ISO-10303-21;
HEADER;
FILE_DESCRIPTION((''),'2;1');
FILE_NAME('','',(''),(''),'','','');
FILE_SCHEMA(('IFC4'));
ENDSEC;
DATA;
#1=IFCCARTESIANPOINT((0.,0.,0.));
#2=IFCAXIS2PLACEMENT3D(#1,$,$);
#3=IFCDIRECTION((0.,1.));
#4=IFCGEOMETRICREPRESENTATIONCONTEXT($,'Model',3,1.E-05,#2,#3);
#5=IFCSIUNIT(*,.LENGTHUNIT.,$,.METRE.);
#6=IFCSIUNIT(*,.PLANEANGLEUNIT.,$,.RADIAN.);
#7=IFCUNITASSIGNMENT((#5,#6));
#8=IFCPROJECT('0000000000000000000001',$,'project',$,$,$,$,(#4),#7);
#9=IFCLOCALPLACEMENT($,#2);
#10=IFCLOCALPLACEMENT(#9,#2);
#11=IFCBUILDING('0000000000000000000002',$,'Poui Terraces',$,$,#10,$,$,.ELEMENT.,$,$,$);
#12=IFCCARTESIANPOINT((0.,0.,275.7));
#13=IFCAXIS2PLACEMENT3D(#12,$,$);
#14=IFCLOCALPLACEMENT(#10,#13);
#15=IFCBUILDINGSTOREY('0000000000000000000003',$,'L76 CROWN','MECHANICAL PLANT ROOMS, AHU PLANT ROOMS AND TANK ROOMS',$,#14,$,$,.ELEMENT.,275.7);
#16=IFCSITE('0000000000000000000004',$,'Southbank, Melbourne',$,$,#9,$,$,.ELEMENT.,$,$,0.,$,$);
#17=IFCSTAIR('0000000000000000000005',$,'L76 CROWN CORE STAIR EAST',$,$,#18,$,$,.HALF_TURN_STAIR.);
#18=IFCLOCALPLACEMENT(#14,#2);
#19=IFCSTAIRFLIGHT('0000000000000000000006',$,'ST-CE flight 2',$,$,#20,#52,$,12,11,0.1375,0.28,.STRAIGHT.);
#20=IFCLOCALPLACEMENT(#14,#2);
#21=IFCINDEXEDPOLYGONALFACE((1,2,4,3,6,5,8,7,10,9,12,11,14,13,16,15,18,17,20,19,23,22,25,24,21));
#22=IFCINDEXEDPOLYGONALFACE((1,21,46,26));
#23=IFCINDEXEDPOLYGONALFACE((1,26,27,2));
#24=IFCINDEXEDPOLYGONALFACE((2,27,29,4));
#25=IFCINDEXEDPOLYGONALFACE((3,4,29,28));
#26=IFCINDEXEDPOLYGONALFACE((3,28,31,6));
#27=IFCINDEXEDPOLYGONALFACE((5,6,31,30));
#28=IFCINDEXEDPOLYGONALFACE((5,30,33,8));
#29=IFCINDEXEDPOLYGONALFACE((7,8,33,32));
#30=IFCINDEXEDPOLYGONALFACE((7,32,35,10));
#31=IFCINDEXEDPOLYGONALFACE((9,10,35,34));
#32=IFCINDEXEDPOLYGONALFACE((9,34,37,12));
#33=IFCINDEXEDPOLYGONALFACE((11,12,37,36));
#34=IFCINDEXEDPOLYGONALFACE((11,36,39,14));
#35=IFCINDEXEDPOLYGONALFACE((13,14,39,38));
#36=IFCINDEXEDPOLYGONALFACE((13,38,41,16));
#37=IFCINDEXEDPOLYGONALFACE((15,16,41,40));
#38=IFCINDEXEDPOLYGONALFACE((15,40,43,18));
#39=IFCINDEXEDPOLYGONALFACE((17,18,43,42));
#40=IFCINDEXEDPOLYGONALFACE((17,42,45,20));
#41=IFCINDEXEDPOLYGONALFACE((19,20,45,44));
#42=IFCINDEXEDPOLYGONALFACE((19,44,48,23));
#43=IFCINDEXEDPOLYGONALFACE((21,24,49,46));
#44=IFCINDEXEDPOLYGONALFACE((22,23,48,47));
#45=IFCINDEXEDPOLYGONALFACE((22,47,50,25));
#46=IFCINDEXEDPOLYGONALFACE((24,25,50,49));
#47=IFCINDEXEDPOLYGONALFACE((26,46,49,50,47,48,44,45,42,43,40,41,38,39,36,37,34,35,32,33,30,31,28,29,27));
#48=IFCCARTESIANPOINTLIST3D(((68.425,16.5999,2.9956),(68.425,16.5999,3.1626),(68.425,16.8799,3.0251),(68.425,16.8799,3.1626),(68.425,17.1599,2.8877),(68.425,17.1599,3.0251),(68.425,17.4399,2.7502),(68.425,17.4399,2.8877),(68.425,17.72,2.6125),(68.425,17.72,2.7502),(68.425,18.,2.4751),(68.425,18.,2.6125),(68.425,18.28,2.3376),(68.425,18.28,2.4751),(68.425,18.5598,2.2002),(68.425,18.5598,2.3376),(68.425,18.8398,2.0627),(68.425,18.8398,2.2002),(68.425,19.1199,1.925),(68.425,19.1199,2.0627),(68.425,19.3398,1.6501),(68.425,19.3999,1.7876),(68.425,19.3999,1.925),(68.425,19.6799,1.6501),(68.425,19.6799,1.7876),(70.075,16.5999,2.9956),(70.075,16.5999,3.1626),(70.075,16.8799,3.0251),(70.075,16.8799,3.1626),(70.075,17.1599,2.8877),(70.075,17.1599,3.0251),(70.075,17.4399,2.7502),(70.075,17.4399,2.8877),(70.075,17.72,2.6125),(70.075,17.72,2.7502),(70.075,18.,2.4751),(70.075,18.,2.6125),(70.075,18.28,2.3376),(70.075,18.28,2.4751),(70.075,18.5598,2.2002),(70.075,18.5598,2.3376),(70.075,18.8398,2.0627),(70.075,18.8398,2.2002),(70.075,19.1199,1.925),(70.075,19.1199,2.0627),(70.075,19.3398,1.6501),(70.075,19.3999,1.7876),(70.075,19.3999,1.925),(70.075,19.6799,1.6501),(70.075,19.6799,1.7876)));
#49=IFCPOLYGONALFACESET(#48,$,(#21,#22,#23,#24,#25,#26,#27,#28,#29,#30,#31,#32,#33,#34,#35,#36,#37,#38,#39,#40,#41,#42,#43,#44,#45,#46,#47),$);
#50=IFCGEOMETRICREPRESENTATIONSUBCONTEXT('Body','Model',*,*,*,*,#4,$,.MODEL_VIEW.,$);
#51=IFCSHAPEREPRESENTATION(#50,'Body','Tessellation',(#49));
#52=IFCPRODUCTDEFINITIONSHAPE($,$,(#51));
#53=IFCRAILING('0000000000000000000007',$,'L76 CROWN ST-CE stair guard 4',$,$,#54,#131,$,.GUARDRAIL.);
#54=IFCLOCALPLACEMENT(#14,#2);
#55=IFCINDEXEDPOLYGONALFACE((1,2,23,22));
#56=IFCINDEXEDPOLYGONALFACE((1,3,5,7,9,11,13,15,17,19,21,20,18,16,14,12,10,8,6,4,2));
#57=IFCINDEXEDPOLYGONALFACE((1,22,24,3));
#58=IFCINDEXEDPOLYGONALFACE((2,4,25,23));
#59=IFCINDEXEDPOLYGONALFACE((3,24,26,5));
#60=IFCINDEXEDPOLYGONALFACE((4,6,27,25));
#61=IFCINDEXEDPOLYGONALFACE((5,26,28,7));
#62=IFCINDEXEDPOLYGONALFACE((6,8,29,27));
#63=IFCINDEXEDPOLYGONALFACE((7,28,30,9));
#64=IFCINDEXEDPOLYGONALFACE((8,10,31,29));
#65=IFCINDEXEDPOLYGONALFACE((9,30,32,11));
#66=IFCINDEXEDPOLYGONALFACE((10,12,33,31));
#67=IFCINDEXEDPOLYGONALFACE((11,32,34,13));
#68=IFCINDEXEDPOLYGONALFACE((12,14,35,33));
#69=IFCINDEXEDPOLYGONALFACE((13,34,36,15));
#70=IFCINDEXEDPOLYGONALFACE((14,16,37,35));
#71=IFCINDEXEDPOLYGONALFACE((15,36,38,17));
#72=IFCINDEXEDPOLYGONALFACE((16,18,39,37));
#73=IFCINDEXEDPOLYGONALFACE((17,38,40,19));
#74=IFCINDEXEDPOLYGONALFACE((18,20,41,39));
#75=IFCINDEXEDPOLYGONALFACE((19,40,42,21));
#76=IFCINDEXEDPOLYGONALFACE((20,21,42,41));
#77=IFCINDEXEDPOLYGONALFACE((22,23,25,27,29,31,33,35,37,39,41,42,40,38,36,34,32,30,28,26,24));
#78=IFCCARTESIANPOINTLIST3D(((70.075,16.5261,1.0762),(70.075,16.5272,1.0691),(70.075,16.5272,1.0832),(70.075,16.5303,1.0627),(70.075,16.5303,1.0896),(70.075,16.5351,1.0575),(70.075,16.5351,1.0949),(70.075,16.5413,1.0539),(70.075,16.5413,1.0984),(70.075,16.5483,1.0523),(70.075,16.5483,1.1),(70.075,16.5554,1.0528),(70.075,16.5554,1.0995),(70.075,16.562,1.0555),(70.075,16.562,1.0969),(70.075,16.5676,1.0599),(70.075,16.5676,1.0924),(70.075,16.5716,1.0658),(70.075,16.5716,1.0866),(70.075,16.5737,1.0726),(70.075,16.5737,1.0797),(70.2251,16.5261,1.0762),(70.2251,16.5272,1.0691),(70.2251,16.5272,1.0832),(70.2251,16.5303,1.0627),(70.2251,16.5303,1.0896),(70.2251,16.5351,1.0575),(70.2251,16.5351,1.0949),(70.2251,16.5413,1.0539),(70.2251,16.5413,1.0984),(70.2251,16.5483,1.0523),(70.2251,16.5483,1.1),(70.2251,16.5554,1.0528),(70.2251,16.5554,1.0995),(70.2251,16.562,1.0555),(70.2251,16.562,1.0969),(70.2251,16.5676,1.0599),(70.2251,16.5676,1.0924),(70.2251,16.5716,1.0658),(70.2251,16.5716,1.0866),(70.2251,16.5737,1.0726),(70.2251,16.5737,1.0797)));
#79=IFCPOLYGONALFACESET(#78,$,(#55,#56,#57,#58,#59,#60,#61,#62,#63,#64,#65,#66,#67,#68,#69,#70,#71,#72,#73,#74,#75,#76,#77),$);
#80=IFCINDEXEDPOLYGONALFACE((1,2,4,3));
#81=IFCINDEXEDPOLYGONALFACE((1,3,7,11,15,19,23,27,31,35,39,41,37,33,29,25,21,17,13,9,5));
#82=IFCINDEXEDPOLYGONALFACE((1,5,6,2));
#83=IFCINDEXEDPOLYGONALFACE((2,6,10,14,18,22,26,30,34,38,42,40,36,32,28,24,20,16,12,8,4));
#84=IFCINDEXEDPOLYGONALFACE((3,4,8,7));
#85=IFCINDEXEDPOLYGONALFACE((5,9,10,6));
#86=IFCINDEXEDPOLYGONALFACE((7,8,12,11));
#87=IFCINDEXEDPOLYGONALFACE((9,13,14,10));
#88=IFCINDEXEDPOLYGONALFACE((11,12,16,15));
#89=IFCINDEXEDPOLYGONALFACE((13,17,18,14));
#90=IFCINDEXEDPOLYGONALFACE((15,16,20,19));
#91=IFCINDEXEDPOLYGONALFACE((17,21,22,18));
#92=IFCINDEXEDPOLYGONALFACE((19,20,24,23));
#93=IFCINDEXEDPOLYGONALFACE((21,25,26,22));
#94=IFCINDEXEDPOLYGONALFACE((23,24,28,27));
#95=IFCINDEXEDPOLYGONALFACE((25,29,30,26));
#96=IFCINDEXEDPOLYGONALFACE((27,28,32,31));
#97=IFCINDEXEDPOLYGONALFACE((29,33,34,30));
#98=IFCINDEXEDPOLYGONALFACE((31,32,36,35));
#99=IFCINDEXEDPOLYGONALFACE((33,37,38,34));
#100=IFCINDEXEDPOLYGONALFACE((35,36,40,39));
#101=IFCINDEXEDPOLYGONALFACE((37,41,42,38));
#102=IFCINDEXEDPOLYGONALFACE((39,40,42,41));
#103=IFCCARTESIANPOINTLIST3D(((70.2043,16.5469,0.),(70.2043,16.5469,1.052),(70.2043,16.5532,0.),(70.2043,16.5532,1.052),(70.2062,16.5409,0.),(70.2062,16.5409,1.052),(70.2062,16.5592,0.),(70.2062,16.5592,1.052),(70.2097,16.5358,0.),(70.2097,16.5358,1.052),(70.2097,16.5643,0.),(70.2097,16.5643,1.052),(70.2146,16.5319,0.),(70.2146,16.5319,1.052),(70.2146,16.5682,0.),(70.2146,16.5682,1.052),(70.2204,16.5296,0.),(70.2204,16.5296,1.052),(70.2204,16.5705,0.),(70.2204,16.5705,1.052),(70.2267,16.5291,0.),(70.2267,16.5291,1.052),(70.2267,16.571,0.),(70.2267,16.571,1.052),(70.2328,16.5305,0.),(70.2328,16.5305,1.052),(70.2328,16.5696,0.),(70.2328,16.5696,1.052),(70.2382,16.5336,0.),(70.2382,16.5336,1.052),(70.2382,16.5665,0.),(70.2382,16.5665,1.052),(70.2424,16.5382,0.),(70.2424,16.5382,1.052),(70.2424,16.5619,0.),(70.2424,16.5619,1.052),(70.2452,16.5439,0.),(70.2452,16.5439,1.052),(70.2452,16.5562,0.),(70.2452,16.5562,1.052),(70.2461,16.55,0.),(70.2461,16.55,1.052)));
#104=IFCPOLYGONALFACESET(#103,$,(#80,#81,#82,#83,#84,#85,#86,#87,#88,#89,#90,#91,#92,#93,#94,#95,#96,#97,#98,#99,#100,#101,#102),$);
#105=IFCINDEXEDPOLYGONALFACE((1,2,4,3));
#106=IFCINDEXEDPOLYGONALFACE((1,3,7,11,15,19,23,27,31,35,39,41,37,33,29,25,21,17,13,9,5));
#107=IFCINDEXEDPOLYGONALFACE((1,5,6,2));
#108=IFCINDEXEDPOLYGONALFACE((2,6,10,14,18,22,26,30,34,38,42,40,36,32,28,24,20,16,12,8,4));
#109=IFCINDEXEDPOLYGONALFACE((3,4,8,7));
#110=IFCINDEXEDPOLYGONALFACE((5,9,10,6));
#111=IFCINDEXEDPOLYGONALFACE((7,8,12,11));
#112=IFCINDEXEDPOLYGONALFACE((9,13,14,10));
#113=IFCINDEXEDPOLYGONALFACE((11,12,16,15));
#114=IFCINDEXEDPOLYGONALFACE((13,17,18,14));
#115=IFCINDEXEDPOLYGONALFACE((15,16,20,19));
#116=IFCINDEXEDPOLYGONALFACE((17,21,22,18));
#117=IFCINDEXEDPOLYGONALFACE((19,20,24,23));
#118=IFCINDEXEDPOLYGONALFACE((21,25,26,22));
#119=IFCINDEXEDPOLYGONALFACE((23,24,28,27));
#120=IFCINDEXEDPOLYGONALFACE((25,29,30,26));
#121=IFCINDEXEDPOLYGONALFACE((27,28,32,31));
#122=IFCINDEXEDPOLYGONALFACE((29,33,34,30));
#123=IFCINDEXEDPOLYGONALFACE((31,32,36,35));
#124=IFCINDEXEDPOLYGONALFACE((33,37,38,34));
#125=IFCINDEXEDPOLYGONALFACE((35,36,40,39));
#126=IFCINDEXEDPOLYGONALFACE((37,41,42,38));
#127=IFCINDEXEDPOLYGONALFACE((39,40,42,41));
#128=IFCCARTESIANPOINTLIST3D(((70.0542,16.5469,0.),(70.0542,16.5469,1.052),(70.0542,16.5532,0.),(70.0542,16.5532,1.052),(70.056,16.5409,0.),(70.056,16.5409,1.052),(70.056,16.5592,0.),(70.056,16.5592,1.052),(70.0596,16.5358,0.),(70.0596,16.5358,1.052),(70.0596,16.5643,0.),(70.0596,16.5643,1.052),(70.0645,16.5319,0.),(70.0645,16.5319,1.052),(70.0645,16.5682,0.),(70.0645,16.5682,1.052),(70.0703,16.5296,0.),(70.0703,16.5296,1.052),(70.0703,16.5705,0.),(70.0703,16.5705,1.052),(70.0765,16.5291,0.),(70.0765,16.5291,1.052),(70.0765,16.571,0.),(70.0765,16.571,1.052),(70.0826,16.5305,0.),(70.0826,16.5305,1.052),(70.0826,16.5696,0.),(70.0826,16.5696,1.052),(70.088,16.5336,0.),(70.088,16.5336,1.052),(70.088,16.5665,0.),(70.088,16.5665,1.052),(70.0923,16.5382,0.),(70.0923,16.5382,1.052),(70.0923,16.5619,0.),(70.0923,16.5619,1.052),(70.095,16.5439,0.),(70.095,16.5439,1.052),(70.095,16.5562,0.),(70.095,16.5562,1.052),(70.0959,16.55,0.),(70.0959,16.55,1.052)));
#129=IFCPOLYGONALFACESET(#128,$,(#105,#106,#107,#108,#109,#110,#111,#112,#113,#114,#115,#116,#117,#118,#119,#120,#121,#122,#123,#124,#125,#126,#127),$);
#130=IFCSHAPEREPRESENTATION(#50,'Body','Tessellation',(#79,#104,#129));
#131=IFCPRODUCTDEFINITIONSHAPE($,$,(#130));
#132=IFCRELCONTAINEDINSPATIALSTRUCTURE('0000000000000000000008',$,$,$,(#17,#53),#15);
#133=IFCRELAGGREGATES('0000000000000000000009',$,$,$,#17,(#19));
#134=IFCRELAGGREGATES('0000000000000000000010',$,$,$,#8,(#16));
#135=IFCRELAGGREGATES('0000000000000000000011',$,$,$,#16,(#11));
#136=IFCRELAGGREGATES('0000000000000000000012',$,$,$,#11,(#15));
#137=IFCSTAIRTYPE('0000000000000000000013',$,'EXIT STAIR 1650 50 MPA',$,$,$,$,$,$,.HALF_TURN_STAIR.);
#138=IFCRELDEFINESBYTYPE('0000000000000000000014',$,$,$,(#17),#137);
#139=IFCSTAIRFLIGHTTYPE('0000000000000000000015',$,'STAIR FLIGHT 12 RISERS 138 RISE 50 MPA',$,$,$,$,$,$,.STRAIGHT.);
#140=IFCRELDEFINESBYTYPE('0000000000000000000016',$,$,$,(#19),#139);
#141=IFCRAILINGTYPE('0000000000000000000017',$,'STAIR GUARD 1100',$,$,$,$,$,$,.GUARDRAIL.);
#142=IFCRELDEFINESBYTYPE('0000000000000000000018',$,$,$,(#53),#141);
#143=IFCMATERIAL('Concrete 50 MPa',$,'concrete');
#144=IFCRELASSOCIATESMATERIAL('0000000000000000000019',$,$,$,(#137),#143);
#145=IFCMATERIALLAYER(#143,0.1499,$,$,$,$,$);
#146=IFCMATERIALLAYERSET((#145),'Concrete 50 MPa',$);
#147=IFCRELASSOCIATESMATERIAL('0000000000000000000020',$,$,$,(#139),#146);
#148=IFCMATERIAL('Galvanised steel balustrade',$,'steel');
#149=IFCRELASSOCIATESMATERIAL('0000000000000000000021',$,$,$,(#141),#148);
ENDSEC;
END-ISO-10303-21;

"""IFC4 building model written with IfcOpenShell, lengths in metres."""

from ifc_helpers import new_model, si_unit, direction, frame, origin, origin_2d, place, context, subcontext, project, spatial, polyline, circle, outline, extrude, material, layer, layer_set, type_object, element, aggregate, save


model = new_model("IFC4")

# Units and contexts
model_context = context("Model", 3, precision=1e-05, world=origin(), true_north=direction((0.0, 1.0)))
body_context = subcontext(model_context, "Body", "Model", "MODEL_VIEW")
ifc_project = project(units=[si_unit("LENGTHUNIT", "METRE"), si_unit("PLANEANGLEUNIT", "RADIAN")], contexts=[model_context])

# Site, building, storey
site_placement = place(None, origin())
site = spatial("IfcSite", under=ifc_project, at=site_placement, Name="Southbank, Melbourne", CompositionType="ELEMENT", RefElevation=0.0)
building_placement = place(site_placement, origin())
building = spatial("IfcBuilding", under=site, at=building_placement, Name="Poui Terraces", CompositionType="ELEMENT")
storey_placement = place(building_placement, frame((0.0, 0.0, 275.7)))
storey = spatial("IfcBuildingStorey", under=building, at=storey_placement, Name="L76 CROWN", Description="MECHANICAL PLANT ROOMS, AHU PLANT ROOMS AND TANK ROOMS", CompositionType="ELEMENT", Elevation=275.7)

# Shared definitions
ifc_material_1 = material(Name="Concrete 50 MPa", Category="concrete")

# Stair, stair flight
stair_type = type_object("IfcStairType", Name="EXIT STAIR 1650 50 MPA", PredefinedType="HALF_TURN_STAIR", material=ifc_material_1)
stair_placement = place(storey_placement, origin())
stair = element("IfcStair", 1, at=stair_placement, inside=storey, type_object=stair_type, Name="L76 CROWN CORE STAIR EAST", PredefinedType="HALF_TURN_STAIR")
ifc_layer_1 = layer(ifc_material_1, 0.1499)
ifc_layer_set_1 = layer_set([ifc_layer_1], Name="Concrete 50 MPa")
stair_flight_type = type_object("IfcStairFlightType", Name="STAIR FLIGHT 12 RISERS 138 RISE 50 MPA", PredefinedType="STRAIGHT", material=ifc_layer_set_1)
stair_flight_placement = place(storey_placement, frame((69.25, 19.6799, 1.6501), z_axis=(0.0, 0.0, 1.0), x_axis=(0.0, -1.0, 0.0)))
stair_flight = element("IfcStairFlight", 2, at=stair_flight_placement, type_object=stair_flight_type, Name="ST-CE flight 2", NumberOfRisers=12, NumberOfTreads=11, PredefinedType="STRAIGHT", RiserHeight=0.1375, TreadLength=0.28, context=body_context, shape_type="SweptSolid", body=[
    extrude(outline(polyline([(0.0, 0.0), (0.0, 0.1375), (0.28, 0.1375), (0.28, 0.2749), (0.5601, 0.2749), (0.5601, 0.4126), (0.8401, 0.4126), (0.8401, 0.55), (1.1201, 0.55), (1.1201, 0.6875), (1.3999, 0.6875), (1.3999, 0.825), (1.6799, 0.825), (1.6799, 0.9624), (1.96, 0.9624), (1.96, 1.1001), (2.24, 1.1001), (2.24, 1.2375), (2.52, 1.2375), (2.52, 1.375), (2.8, 1.375), (2.8, 1.5125), (3.0801, 1.5125), (3.0801, 1.6499), (3.0801, 1.3455), (0.3401, 0.0), (0.0, 0.0)])), frame((0.0, 0.825, 0.0), z_axis=(0.0, -1.0, 0.0), x_axis=(1.0, 0.0, 0.0)), (0.0, 0.0, 1.0), 1.6499),
])
aggregate(stair, [stair_flight])

# Railing
ifc_material_2 = material(Name="Galvanised steel balustrade", Category="steel")
railing_type_1 = type_object("IfcRailingType", Name="STAIR GUARD 1100", PredefinedType="GUARDRAIL", material=ifc_material_2)
railing_1_placement = place(storey_placement, frame((70.2251, 16.55, 0.0)))
element("IfcRailing", 3, at=railing_1_placement, inside=storey, type_object=railing_type_1, Name="L76 CROWN ST-CE stair guard 4", PredefinedType="GUARDRAIL", context=body_context, shape_type="SweptSolid", body=[
    extrude(circle(Radius=0.0239, at=origin_2d()), frame((0.0, 0.0, 1.0762), z_axis=(-1.0, 0.0, 0.0), x_axis=(0.0, -1.0, 0.0)), (0.0, 0.0, 1.0), 0.1501),
    extrude(circle(Radius=0.021, at=origin_2d()), origin(), (0.0, 0.0, 1.0), 1.052),
    extrude(circle(Radius=0.021, at=origin_2d()), frame((-0.1501, 0.0, 0.0)), (0.0, 0.0, 1.0), 1.052),
])

save(model, "model.ifc")
